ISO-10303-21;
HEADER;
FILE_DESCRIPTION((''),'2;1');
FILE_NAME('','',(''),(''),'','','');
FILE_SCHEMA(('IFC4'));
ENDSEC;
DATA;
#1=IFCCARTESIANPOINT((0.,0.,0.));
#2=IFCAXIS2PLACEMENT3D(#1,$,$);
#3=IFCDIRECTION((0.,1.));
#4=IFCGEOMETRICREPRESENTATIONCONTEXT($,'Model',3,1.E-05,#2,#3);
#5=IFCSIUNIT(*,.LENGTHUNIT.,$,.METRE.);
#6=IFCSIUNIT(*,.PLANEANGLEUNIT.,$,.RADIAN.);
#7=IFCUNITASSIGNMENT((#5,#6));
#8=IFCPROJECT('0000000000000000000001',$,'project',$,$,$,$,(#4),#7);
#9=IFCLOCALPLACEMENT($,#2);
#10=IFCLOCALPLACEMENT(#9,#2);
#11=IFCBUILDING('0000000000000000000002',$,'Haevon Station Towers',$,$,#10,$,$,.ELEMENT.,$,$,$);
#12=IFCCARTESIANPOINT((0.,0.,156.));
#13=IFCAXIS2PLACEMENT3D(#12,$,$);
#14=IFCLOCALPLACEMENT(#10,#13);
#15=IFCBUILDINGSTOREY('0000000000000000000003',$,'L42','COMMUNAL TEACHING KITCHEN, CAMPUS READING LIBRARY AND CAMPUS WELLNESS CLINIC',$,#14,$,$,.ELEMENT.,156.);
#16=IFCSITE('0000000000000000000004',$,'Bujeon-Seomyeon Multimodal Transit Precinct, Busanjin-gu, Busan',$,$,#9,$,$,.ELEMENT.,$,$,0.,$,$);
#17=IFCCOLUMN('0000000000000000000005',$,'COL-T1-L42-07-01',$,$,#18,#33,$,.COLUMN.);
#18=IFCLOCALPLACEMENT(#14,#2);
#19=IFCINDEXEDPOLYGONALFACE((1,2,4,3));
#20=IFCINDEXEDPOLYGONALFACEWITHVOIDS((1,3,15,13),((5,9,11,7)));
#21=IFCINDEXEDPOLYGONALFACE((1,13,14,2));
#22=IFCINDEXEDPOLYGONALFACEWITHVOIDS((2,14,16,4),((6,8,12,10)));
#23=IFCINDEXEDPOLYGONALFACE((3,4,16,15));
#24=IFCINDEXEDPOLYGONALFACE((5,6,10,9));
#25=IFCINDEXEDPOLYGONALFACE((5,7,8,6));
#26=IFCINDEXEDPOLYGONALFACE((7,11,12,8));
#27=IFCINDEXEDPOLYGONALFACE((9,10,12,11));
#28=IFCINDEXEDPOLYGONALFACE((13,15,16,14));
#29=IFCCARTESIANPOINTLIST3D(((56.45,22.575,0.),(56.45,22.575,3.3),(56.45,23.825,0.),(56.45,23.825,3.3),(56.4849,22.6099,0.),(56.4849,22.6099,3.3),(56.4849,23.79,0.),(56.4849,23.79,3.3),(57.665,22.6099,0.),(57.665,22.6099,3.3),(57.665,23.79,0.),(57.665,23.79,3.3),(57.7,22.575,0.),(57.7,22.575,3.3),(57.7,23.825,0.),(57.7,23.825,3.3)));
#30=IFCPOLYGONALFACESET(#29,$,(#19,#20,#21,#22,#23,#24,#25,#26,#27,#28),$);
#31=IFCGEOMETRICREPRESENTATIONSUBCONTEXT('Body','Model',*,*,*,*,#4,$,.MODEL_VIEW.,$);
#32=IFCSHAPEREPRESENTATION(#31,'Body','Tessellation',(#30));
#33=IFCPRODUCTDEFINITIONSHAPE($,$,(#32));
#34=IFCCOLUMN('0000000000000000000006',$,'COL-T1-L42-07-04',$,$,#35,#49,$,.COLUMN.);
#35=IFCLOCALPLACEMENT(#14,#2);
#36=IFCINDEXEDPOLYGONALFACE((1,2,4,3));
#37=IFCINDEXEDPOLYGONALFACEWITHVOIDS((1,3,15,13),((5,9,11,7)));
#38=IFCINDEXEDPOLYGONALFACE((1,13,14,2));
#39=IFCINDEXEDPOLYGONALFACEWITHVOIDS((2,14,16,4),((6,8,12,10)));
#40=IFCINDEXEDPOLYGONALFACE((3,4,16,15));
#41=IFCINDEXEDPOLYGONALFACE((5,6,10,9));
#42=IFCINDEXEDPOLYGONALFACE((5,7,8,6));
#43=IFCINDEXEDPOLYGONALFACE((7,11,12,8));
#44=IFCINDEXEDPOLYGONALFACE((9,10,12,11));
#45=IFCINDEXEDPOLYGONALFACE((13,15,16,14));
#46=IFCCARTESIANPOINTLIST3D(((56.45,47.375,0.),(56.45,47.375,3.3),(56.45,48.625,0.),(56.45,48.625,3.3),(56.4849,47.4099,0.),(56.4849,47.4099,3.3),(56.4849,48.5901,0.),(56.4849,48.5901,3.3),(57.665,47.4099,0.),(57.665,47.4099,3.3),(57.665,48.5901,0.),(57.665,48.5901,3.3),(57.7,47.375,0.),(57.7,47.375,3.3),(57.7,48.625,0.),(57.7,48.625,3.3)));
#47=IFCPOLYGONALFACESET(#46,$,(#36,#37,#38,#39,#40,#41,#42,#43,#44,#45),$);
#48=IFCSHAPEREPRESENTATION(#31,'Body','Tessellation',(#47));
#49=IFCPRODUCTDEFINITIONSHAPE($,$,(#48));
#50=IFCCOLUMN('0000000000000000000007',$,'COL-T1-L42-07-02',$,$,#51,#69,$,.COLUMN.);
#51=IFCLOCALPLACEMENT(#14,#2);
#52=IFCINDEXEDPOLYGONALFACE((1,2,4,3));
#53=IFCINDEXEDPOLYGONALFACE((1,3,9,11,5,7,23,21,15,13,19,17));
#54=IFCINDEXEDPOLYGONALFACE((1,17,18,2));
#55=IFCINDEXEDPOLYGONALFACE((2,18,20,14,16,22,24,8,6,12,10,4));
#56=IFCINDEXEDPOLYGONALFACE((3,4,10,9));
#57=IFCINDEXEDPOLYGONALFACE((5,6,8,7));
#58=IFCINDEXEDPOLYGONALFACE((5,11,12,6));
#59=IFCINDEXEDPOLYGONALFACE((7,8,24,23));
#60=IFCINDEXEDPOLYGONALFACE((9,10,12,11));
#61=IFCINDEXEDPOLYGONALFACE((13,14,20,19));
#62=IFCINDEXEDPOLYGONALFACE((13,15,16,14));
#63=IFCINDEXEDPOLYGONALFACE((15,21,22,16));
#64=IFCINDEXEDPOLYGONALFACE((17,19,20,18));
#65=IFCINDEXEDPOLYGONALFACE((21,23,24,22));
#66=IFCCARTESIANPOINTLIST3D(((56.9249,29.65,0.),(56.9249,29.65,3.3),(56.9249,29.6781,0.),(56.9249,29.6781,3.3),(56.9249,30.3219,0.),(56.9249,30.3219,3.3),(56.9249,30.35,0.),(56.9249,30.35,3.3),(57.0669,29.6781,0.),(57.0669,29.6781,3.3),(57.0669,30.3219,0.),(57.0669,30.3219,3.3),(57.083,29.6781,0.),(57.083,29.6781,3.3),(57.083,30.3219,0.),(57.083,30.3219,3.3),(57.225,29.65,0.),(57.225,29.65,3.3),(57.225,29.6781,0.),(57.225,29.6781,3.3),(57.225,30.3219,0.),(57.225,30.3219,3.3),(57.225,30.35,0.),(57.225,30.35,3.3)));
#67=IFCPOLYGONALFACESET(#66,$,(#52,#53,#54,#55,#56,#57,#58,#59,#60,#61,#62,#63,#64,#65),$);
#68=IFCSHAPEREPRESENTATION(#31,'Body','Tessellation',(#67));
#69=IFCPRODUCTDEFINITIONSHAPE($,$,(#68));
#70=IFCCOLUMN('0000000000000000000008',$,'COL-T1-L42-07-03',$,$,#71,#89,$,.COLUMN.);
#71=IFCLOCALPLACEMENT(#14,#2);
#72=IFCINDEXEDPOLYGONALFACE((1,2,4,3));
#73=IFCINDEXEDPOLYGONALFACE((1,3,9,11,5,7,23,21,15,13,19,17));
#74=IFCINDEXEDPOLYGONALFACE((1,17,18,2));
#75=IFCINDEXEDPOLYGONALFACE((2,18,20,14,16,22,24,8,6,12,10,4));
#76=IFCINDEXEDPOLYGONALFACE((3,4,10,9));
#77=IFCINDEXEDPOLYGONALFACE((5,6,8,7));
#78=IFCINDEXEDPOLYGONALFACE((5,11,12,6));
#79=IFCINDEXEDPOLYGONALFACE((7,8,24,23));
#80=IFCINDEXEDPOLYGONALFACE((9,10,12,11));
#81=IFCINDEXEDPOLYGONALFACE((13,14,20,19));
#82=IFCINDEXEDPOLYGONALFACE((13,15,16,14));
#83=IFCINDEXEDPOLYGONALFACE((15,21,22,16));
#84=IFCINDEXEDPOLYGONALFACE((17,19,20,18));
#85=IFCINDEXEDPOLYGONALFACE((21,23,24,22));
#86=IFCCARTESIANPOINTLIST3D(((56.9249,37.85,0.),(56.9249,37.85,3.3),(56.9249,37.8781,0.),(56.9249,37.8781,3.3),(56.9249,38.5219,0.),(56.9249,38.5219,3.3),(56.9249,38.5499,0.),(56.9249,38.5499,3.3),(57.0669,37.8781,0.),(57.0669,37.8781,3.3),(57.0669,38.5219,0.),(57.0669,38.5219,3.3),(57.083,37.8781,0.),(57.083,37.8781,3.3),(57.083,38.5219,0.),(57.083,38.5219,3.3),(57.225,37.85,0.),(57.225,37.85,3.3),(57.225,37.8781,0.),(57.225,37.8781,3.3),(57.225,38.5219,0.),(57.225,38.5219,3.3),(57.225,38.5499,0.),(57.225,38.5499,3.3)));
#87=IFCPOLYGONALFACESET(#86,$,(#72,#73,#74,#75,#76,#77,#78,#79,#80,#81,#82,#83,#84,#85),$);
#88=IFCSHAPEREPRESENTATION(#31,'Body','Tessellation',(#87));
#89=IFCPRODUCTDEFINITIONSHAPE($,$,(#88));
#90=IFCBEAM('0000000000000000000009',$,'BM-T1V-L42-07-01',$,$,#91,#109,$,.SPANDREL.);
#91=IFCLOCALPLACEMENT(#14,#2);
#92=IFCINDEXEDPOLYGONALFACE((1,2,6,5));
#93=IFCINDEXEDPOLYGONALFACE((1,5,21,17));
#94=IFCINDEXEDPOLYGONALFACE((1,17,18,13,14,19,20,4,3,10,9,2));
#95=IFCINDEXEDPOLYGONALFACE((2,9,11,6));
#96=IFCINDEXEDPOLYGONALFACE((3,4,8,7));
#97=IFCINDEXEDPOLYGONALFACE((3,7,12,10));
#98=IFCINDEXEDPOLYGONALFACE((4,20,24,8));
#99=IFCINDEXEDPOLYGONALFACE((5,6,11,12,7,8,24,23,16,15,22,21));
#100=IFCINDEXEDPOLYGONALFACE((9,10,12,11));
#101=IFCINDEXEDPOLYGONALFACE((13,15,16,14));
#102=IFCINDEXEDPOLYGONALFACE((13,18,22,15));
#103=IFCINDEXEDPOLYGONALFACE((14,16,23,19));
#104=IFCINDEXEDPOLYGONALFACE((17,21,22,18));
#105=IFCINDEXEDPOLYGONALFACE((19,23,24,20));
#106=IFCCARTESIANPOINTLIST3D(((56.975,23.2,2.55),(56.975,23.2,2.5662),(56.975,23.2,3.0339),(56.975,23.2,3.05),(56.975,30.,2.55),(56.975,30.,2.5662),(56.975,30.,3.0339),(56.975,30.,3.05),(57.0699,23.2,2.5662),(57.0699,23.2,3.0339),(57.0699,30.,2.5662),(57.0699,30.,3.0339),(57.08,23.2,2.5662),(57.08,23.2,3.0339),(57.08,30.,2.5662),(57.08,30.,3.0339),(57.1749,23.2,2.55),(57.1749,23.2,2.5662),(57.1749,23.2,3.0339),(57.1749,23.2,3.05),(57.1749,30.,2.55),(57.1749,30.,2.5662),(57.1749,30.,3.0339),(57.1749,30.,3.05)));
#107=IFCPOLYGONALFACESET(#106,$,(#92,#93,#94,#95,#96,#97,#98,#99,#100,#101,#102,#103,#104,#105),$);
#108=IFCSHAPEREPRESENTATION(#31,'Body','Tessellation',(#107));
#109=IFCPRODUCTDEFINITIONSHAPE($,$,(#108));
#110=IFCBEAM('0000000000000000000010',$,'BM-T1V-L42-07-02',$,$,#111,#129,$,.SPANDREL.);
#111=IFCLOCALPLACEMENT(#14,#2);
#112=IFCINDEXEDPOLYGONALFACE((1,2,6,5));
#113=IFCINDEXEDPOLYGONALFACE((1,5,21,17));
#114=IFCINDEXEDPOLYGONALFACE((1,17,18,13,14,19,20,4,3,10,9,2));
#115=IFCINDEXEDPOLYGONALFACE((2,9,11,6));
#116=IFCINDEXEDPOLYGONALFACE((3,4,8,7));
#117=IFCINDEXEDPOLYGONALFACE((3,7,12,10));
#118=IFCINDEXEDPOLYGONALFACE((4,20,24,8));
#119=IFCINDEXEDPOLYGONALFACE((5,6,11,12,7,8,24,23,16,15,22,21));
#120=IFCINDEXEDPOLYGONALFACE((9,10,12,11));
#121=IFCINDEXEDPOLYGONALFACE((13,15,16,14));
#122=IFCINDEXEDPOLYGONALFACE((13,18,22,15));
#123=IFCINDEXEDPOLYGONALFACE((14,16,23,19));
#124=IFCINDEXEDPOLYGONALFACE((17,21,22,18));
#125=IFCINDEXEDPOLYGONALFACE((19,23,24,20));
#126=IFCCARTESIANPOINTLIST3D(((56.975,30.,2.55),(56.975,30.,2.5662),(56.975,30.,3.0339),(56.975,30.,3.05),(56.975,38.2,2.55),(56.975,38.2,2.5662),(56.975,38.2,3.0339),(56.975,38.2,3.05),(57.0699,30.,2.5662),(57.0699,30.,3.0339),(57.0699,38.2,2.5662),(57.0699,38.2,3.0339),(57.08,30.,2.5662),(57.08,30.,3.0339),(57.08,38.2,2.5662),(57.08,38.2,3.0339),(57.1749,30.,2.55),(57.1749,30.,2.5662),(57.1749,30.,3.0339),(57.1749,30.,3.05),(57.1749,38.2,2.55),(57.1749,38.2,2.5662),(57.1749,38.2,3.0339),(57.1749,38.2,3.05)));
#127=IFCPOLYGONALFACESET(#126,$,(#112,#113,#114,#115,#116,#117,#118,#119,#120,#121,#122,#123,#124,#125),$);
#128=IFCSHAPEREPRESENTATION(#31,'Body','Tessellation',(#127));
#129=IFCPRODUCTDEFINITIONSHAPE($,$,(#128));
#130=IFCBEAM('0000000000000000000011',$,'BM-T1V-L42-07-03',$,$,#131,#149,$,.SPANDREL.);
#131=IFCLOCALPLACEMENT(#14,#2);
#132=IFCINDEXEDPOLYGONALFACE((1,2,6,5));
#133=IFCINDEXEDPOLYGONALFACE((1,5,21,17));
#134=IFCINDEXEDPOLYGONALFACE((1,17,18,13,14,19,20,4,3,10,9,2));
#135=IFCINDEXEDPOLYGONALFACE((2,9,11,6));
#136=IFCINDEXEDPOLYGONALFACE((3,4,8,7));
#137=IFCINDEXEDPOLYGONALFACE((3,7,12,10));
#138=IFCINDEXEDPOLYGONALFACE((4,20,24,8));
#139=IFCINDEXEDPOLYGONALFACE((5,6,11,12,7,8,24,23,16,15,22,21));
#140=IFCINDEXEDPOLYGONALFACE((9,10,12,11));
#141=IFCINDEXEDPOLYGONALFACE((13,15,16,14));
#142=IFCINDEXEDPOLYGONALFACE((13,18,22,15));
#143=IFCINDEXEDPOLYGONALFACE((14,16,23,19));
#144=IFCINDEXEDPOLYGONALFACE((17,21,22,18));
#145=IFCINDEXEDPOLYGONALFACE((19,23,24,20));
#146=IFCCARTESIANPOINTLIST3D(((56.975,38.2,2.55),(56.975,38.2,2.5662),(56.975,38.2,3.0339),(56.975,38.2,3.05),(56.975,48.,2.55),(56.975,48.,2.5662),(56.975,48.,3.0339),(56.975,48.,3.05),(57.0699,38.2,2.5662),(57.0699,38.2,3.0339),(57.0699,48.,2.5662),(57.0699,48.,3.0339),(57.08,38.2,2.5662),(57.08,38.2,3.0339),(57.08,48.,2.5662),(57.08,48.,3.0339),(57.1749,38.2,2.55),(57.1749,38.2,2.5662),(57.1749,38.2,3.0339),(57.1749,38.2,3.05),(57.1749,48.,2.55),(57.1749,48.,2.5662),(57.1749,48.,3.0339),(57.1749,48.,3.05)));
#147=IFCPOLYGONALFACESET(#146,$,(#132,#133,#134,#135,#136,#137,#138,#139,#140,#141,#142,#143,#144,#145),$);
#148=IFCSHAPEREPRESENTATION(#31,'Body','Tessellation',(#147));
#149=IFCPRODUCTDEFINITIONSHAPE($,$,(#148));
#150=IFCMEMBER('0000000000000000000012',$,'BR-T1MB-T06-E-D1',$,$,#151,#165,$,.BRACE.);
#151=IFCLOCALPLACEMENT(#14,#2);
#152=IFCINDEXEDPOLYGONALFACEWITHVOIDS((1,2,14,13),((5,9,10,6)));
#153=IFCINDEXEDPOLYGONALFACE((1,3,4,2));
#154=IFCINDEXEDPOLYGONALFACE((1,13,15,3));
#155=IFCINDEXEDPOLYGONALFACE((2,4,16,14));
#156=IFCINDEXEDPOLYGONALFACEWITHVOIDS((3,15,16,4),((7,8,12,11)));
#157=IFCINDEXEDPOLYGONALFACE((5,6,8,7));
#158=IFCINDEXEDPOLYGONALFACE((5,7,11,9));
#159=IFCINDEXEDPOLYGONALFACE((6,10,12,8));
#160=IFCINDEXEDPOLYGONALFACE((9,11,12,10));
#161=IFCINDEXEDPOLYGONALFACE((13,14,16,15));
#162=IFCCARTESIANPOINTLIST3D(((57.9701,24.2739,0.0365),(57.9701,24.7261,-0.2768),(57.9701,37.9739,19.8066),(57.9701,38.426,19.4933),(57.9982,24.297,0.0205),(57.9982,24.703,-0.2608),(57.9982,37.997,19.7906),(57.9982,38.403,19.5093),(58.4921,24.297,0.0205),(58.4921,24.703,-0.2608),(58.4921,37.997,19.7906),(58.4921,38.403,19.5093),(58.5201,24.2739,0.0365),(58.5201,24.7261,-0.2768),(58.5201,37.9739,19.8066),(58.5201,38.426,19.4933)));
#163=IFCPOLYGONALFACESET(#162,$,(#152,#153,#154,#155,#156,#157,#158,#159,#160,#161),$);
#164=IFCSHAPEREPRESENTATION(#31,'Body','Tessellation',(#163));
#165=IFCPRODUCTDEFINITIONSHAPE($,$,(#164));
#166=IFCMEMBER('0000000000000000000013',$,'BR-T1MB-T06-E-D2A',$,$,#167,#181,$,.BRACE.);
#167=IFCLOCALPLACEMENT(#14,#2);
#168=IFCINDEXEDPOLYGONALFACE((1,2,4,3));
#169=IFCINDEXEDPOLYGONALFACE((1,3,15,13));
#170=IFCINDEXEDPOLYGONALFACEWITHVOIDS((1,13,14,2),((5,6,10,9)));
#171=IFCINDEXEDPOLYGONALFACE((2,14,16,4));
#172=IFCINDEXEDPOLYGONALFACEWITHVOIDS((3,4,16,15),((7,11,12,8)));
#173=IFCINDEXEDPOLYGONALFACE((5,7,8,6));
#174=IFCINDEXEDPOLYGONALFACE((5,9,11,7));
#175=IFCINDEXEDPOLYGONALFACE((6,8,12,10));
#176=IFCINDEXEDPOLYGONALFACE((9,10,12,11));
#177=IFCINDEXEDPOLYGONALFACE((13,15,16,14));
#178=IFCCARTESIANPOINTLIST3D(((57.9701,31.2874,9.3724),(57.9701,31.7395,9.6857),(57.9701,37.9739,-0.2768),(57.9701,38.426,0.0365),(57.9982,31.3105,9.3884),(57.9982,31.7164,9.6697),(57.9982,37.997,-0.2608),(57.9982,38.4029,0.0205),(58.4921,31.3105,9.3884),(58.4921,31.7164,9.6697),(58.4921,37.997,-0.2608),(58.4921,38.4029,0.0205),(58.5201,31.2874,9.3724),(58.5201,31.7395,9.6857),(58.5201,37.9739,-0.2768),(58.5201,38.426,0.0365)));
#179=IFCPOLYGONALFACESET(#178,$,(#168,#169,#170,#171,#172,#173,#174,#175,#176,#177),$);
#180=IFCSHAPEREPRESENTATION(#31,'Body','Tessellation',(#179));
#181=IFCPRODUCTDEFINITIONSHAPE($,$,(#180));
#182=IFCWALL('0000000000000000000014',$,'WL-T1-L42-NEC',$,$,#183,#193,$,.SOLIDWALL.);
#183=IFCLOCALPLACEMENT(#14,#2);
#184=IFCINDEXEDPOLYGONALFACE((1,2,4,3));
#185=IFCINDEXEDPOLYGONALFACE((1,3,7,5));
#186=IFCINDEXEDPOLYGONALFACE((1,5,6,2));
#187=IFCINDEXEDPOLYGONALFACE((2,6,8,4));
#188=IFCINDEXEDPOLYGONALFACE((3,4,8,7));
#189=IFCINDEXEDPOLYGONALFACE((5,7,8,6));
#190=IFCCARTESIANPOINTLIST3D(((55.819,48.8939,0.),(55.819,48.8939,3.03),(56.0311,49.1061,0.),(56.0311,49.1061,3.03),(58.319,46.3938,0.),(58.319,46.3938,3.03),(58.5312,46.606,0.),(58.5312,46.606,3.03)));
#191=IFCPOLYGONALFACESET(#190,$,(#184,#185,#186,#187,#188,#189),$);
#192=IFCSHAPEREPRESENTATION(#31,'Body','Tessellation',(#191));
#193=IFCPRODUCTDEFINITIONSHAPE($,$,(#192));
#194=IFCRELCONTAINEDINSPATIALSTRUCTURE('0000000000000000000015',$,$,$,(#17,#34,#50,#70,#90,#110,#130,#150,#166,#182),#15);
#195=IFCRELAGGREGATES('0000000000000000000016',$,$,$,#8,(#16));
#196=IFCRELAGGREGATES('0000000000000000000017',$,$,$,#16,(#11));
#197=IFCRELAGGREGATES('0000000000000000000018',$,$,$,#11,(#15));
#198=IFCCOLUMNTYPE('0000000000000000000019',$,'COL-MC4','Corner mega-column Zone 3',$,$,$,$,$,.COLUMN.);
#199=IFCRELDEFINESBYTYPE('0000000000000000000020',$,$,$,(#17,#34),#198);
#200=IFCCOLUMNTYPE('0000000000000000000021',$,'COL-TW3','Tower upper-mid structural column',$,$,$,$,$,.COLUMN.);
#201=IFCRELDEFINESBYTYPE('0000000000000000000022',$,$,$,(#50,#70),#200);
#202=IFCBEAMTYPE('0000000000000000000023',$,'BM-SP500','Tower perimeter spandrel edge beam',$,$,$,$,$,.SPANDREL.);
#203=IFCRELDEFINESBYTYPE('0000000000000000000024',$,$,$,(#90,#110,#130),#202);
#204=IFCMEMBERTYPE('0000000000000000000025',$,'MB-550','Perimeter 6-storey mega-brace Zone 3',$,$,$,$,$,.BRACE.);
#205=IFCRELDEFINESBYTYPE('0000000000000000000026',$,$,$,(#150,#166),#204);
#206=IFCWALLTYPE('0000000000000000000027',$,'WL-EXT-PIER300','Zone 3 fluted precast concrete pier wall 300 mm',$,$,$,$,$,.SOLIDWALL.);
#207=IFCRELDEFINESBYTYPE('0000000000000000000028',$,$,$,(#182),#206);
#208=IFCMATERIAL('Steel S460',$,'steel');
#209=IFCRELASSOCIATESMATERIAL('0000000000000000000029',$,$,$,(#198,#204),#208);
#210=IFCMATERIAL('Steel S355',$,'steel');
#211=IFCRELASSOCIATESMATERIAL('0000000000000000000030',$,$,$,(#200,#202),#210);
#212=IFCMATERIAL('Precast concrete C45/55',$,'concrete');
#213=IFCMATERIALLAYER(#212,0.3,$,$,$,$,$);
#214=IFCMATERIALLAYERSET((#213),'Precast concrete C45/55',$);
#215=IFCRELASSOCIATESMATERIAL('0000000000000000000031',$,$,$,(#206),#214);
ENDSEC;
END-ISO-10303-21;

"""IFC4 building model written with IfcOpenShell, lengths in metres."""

from ifc_helpers import new_model, si_unit, direction, frame, frame_2d, origin, origin_2d, place, context, subcontext, project, spatial, rectangle, hollow_rectangle, i_section, extrude, material, layer, layer_set, material_profile, profile_set, type_object, element, save


model = new_model("IFC4")

# Units and contexts
model_context = context("Model", 3, precision=1e-05, world=origin(), true_north=direction((0.0, 1.0)))
body_context = subcontext(model_context, "Body", "Model", "MODEL_VIEW")
ifc_project = project(units=[si_unit("LENGTHUNIT", "METRE"), si_unit("PLANEANGLEUNIT", "RADIAN")], contexts=[model_context])

# Site, building, storey
site_placement = place(None, origin())
site = spatial("IfcSite", under=ifc_project, at=site_placement, Name="Bujeon-Seomyeon Multimodal Transit Precinct, Busanjin-gu, Busan", CompositionType="ELEMENT", RefElevation=0.0)
building_placement = place(site_placement, origin())
building = spatial("IfcBuilding", under=site, at=building_placement, Name="Haevon Station Towers", CompositionType="ELEMENT")
storey_placement = place(building_placement, frame((0.0, 0.0, 156.0)))
storey = spatial("IfcBuildingStorey", under=building, at=storey_placement, Name="L42", Description="COMMUNAL TEACHING KITCHEN, CAMPUS READING LIBRARY AND CAMPUS WELLNESS CLINIC", CompositionType="ELEMENT", Elevation=156.0)

# Columns
ifc_material_1 = material(Name="Steel S460", Category="steel")
ifc_material_profile_1 = material_profile(ifc_material_1, hollow_rectangle(XDim=1.25, YDim=1.25, WallThickness=0.0349, at=origin_2d()), Name="BOX-1250x1250x35")
ifc_profile_set_1 = profile_set([ifc_material_profile_1], Name="Steel S460")
column_type_1 = type_object("IfcColumnType", Name="COL-MC4", Description="Corner mega-column Zone 3", PredefinedType="COLUMN", material=ifc_profile_set_1)
for number, where, z_axis, x_axis, name in (
    (1, (57.075, 23.2, 0.0), (0.0, 0.0, 1.0), (1.0, 0.0, 0.0), "COL-T1-L42-07-01"),
    (2, (57.075, 48.0, 0.0), (0.0, 0.0, 1.0), (1.0, 0.0, 0.0), "COL-T1-L42-07-04"),
):
    element("IfcColumn", number, at=place(storey_placement, frame(where, z_axis=z_axis, x_axis=x_axis)), inside=storey, type_object=column_type_1, Name=name, PredefinedType="COLUMN", context=body_context, shape_type="SweptSolid", body=[
        extrude(hollow_rectangle(XDim=1.25, YDim=1.25, WallThickness=0.0349, at=origin_2d()), origin(), (0.0, 0.0, 1.0), 3.3),
    ])
ifc_material_2 = material(Name="Steel S355", Category="steel")
ifc_material_profile_2 = material_profile(ifc_material_2, i_section(OverallWidth=0.3, OverallDepth=0.7, WebThickness=0.0161, FlangeThickness=0.0281, at=origin_2d()), Name="H-700x300x16x28")
ifc_profile_set_2 = profile_set([ifc_material_profile_2], Name="Steel S355")
column_type_2 = type_object("IfcColumnType", Name="COL-TW3", Description="Tower upper-mid structural column", PredefinedType="COLUMN", material=ifc_profile_set_2)
for number, where, z_axis, x_axis, name in (
    (3, (57.075, 30.0, 0.0), (0.0, 0.0, 1.0), (1.0, 0.0, 0.0), "COL-T1-L42-07-02"),
    (4, (57.075, 38.2, 0.0), (0.0, 0.0, 1.0), (1.0, 0.0, 0.0), "COL-T1-L42-07-03"),
):
    element("IfcColumn", number, at=place(storey_placement, frame(where, z_axis=z_axis, x_axis=x_axis)), inside=storey, type_object=column_type_2, Name=name, PredefinedType="COLUMN", context=body_context, shape_type="SweptSolid", body=[
        extrude(i_section(OverallWidth=0.3, OverallDepth=0.7, WebThickness=0.0161, FlangeThickness=0.0281, at=origin_2d()), origin(), (0.0, 0.0, 1.0), 3.3),
    ])

# Beams
ifc_material_profile_3 = material_profile(ifc_material_2, i_section(OverallWidth=0.2, OverallDepth=0.5, WebThickness=0.01, FlangeThickness=0.0161, at=origin_2d()), Name="H-500x200x10x16")
ifc_profile_set_3 = profile_set([ifc_material_profile_3], Name="Steel S355")
beam_type = type_object("IfcBeamType", Name="BM-SP500", Description="Tower perimeter spandrel edge beam", PredefinedType="SPANDREL", material=ifc_profile_set_3)
beam_1_placement = place(storey_placement, frame((57.075, 23.2, 2.8), z_axis=(0.0, 1.0, 0.0), x_axis=(-1.0, 0.0, 0.0)))
element("IfcBeam", 5, at=beam_1_placement, inside=storey, type_object=beam_type, Name="BM-T1V-L42-07-01", PredefinedType="SPANDREL", context=body_context, shape_type="SweptSolid", body=[
    extrude(i_section(OverallWidth=0.2, OverallDepth=0.5, WebThickness=0.01, FlangeThickness=0.0161, at=origin_2d()), origin(), (0.0, 0.0, 1.0), 6.8),
])
beam_2_placement = place(storey_placement, frame((57.075, 30.0, 2.8), z_axis=(0.0, 1.0, 0.0), x_axis=(-1.0, 0.0, 0.0)))
element("IfcBeam", 6, at=beam_2_placement, inside=storey, type_object=beam_type, Name="BM-T1V-L42-07-02", PredefinedType="SPANDREL", context=body_context, shape_type="SweptSolid", body=[
    extrude(i_section(OverallWidth=0.2, OverallDepth=0.5, WebThickness=0.01, FlangeThickness=0.0161, at=origin_2d()), origin(), (0.0, 0.0, 1.0), 8.2),
])
beam_3_placement = place(storey_placement, frame((57.075, 38.2, 2.8), z_axis=(0.0, 1.0, 0.0), x_axis=(-1.0, 0.0, 0.0)))
element("IfcBeam", 7, at=beam_3_placement, inside=storey, type_object=beam_type, Name="BM-T1V-L42-07-03", PredefinedType="SPANDREL", context=body_context, shape_type="SweptSolid", body=[
    extrude(i_section(OverallWidth=0.2, OverallDepth=0.5, WebThickness=0.01, FlangeThickness=0.0161, at=origin_2d()), origin(), (0.0, 0.0, 1.0), 9.8),
])

# Members
ifc_material_profile_4 = material_profile(ifc_material_1, hollow_rectangle(XDim=0.55, YDim=0.55, WallThickness=0.0281, at=origin_2d()), Name="RHS-550x550x28")
ifc_profile_set_4 = profile_set([ifc_material_profile_4], Name="Steel S460")
member_type = type_object("IfcMemberType", Name="MB-550", Description="Perimeter 6-storey mega-brace Zone 3", PredefinedType="BRACE", material=ifc_profile_set_4)
member_1_placement = place(storey_placement, frame((58.2451, 24.5, -0.1201), z_axis=(0.0, 0.569576, 0.821939), x_axis=(-1.0, 0.0, 0.0)))
element("IfcMember", 8, at=member_1_placement, inside=storey, type_object=member_type, Name="BR-T1MB-T06-E-D1", PredefinedType="BRACE", context=body_context, shape_type="SweptSolid", body=[
    extrude(hollow_rectangle(XDim=0.55, YDim=0.55, WallThickness=0.0281, at=origin_2d()), origin(), (0.0, 0.0, 1.0), 24.053),
])
member_2_placement = place(storey_placement, frame((58.2451, 38.2, -0.1201), z_axis=(0.0, -0.569574, 0.82194), x_axis=(1.0, 0.0, 0.0)))
element("IfcMember", 9, at=member_2_placement, inside=storey, type_object=member_type, Name="BR-T1MB-T06-E-D2A", PredefinedType="BRACE", context=body_context, shape_type="SweptSolid", body=[
    extrude(hollow_rectangle(XDim=0.55, YDim=0.55, WallThickness=0.0281, at=origin_2d()), origin(), (0.0, 0.0, 1.0), 11.7395),
])

# Wall
ifc_material_3 = material(Name="Precast concrete C45/55", Category="concrete")
ifc_layer_1 = layer(ifc_material_3, 0.3)
ifc_layer_set_1 = layer_set([ifc_layer_1], Name="Precast concrete C45/55")
wall_type = type_object("IfcWallType", Name="WL-EXT-PIER300", Description="Zone 3 fluted precast concrete pier wall 300 mm", PredefinedType="SOLIDWALL", material=ifc_layer_set_1)
wall_1_placement = place(storey_placement, frame((55.925, 49.0, 0.0), z_axis=(0.0, 0.0, 1.0), x_axis=(0.707107, -0.707107, 0.0)))
element("IfcWall", 10, at=wall_1_placement, inside=storey, type_object=wall_type, Name="WL-T1-L42-NEC", PredefinedType="SOLIDWALL", context=body_context, shape_type="SweptSolid", body=[
    extrude(rectangle(XDim=3.5356, YDim=0.3, at=frame_2d((1.7678, 0.0))), origin(), (0.0, 0.0, 1.0), 3.03),
])

save(model, "model.ifc")
